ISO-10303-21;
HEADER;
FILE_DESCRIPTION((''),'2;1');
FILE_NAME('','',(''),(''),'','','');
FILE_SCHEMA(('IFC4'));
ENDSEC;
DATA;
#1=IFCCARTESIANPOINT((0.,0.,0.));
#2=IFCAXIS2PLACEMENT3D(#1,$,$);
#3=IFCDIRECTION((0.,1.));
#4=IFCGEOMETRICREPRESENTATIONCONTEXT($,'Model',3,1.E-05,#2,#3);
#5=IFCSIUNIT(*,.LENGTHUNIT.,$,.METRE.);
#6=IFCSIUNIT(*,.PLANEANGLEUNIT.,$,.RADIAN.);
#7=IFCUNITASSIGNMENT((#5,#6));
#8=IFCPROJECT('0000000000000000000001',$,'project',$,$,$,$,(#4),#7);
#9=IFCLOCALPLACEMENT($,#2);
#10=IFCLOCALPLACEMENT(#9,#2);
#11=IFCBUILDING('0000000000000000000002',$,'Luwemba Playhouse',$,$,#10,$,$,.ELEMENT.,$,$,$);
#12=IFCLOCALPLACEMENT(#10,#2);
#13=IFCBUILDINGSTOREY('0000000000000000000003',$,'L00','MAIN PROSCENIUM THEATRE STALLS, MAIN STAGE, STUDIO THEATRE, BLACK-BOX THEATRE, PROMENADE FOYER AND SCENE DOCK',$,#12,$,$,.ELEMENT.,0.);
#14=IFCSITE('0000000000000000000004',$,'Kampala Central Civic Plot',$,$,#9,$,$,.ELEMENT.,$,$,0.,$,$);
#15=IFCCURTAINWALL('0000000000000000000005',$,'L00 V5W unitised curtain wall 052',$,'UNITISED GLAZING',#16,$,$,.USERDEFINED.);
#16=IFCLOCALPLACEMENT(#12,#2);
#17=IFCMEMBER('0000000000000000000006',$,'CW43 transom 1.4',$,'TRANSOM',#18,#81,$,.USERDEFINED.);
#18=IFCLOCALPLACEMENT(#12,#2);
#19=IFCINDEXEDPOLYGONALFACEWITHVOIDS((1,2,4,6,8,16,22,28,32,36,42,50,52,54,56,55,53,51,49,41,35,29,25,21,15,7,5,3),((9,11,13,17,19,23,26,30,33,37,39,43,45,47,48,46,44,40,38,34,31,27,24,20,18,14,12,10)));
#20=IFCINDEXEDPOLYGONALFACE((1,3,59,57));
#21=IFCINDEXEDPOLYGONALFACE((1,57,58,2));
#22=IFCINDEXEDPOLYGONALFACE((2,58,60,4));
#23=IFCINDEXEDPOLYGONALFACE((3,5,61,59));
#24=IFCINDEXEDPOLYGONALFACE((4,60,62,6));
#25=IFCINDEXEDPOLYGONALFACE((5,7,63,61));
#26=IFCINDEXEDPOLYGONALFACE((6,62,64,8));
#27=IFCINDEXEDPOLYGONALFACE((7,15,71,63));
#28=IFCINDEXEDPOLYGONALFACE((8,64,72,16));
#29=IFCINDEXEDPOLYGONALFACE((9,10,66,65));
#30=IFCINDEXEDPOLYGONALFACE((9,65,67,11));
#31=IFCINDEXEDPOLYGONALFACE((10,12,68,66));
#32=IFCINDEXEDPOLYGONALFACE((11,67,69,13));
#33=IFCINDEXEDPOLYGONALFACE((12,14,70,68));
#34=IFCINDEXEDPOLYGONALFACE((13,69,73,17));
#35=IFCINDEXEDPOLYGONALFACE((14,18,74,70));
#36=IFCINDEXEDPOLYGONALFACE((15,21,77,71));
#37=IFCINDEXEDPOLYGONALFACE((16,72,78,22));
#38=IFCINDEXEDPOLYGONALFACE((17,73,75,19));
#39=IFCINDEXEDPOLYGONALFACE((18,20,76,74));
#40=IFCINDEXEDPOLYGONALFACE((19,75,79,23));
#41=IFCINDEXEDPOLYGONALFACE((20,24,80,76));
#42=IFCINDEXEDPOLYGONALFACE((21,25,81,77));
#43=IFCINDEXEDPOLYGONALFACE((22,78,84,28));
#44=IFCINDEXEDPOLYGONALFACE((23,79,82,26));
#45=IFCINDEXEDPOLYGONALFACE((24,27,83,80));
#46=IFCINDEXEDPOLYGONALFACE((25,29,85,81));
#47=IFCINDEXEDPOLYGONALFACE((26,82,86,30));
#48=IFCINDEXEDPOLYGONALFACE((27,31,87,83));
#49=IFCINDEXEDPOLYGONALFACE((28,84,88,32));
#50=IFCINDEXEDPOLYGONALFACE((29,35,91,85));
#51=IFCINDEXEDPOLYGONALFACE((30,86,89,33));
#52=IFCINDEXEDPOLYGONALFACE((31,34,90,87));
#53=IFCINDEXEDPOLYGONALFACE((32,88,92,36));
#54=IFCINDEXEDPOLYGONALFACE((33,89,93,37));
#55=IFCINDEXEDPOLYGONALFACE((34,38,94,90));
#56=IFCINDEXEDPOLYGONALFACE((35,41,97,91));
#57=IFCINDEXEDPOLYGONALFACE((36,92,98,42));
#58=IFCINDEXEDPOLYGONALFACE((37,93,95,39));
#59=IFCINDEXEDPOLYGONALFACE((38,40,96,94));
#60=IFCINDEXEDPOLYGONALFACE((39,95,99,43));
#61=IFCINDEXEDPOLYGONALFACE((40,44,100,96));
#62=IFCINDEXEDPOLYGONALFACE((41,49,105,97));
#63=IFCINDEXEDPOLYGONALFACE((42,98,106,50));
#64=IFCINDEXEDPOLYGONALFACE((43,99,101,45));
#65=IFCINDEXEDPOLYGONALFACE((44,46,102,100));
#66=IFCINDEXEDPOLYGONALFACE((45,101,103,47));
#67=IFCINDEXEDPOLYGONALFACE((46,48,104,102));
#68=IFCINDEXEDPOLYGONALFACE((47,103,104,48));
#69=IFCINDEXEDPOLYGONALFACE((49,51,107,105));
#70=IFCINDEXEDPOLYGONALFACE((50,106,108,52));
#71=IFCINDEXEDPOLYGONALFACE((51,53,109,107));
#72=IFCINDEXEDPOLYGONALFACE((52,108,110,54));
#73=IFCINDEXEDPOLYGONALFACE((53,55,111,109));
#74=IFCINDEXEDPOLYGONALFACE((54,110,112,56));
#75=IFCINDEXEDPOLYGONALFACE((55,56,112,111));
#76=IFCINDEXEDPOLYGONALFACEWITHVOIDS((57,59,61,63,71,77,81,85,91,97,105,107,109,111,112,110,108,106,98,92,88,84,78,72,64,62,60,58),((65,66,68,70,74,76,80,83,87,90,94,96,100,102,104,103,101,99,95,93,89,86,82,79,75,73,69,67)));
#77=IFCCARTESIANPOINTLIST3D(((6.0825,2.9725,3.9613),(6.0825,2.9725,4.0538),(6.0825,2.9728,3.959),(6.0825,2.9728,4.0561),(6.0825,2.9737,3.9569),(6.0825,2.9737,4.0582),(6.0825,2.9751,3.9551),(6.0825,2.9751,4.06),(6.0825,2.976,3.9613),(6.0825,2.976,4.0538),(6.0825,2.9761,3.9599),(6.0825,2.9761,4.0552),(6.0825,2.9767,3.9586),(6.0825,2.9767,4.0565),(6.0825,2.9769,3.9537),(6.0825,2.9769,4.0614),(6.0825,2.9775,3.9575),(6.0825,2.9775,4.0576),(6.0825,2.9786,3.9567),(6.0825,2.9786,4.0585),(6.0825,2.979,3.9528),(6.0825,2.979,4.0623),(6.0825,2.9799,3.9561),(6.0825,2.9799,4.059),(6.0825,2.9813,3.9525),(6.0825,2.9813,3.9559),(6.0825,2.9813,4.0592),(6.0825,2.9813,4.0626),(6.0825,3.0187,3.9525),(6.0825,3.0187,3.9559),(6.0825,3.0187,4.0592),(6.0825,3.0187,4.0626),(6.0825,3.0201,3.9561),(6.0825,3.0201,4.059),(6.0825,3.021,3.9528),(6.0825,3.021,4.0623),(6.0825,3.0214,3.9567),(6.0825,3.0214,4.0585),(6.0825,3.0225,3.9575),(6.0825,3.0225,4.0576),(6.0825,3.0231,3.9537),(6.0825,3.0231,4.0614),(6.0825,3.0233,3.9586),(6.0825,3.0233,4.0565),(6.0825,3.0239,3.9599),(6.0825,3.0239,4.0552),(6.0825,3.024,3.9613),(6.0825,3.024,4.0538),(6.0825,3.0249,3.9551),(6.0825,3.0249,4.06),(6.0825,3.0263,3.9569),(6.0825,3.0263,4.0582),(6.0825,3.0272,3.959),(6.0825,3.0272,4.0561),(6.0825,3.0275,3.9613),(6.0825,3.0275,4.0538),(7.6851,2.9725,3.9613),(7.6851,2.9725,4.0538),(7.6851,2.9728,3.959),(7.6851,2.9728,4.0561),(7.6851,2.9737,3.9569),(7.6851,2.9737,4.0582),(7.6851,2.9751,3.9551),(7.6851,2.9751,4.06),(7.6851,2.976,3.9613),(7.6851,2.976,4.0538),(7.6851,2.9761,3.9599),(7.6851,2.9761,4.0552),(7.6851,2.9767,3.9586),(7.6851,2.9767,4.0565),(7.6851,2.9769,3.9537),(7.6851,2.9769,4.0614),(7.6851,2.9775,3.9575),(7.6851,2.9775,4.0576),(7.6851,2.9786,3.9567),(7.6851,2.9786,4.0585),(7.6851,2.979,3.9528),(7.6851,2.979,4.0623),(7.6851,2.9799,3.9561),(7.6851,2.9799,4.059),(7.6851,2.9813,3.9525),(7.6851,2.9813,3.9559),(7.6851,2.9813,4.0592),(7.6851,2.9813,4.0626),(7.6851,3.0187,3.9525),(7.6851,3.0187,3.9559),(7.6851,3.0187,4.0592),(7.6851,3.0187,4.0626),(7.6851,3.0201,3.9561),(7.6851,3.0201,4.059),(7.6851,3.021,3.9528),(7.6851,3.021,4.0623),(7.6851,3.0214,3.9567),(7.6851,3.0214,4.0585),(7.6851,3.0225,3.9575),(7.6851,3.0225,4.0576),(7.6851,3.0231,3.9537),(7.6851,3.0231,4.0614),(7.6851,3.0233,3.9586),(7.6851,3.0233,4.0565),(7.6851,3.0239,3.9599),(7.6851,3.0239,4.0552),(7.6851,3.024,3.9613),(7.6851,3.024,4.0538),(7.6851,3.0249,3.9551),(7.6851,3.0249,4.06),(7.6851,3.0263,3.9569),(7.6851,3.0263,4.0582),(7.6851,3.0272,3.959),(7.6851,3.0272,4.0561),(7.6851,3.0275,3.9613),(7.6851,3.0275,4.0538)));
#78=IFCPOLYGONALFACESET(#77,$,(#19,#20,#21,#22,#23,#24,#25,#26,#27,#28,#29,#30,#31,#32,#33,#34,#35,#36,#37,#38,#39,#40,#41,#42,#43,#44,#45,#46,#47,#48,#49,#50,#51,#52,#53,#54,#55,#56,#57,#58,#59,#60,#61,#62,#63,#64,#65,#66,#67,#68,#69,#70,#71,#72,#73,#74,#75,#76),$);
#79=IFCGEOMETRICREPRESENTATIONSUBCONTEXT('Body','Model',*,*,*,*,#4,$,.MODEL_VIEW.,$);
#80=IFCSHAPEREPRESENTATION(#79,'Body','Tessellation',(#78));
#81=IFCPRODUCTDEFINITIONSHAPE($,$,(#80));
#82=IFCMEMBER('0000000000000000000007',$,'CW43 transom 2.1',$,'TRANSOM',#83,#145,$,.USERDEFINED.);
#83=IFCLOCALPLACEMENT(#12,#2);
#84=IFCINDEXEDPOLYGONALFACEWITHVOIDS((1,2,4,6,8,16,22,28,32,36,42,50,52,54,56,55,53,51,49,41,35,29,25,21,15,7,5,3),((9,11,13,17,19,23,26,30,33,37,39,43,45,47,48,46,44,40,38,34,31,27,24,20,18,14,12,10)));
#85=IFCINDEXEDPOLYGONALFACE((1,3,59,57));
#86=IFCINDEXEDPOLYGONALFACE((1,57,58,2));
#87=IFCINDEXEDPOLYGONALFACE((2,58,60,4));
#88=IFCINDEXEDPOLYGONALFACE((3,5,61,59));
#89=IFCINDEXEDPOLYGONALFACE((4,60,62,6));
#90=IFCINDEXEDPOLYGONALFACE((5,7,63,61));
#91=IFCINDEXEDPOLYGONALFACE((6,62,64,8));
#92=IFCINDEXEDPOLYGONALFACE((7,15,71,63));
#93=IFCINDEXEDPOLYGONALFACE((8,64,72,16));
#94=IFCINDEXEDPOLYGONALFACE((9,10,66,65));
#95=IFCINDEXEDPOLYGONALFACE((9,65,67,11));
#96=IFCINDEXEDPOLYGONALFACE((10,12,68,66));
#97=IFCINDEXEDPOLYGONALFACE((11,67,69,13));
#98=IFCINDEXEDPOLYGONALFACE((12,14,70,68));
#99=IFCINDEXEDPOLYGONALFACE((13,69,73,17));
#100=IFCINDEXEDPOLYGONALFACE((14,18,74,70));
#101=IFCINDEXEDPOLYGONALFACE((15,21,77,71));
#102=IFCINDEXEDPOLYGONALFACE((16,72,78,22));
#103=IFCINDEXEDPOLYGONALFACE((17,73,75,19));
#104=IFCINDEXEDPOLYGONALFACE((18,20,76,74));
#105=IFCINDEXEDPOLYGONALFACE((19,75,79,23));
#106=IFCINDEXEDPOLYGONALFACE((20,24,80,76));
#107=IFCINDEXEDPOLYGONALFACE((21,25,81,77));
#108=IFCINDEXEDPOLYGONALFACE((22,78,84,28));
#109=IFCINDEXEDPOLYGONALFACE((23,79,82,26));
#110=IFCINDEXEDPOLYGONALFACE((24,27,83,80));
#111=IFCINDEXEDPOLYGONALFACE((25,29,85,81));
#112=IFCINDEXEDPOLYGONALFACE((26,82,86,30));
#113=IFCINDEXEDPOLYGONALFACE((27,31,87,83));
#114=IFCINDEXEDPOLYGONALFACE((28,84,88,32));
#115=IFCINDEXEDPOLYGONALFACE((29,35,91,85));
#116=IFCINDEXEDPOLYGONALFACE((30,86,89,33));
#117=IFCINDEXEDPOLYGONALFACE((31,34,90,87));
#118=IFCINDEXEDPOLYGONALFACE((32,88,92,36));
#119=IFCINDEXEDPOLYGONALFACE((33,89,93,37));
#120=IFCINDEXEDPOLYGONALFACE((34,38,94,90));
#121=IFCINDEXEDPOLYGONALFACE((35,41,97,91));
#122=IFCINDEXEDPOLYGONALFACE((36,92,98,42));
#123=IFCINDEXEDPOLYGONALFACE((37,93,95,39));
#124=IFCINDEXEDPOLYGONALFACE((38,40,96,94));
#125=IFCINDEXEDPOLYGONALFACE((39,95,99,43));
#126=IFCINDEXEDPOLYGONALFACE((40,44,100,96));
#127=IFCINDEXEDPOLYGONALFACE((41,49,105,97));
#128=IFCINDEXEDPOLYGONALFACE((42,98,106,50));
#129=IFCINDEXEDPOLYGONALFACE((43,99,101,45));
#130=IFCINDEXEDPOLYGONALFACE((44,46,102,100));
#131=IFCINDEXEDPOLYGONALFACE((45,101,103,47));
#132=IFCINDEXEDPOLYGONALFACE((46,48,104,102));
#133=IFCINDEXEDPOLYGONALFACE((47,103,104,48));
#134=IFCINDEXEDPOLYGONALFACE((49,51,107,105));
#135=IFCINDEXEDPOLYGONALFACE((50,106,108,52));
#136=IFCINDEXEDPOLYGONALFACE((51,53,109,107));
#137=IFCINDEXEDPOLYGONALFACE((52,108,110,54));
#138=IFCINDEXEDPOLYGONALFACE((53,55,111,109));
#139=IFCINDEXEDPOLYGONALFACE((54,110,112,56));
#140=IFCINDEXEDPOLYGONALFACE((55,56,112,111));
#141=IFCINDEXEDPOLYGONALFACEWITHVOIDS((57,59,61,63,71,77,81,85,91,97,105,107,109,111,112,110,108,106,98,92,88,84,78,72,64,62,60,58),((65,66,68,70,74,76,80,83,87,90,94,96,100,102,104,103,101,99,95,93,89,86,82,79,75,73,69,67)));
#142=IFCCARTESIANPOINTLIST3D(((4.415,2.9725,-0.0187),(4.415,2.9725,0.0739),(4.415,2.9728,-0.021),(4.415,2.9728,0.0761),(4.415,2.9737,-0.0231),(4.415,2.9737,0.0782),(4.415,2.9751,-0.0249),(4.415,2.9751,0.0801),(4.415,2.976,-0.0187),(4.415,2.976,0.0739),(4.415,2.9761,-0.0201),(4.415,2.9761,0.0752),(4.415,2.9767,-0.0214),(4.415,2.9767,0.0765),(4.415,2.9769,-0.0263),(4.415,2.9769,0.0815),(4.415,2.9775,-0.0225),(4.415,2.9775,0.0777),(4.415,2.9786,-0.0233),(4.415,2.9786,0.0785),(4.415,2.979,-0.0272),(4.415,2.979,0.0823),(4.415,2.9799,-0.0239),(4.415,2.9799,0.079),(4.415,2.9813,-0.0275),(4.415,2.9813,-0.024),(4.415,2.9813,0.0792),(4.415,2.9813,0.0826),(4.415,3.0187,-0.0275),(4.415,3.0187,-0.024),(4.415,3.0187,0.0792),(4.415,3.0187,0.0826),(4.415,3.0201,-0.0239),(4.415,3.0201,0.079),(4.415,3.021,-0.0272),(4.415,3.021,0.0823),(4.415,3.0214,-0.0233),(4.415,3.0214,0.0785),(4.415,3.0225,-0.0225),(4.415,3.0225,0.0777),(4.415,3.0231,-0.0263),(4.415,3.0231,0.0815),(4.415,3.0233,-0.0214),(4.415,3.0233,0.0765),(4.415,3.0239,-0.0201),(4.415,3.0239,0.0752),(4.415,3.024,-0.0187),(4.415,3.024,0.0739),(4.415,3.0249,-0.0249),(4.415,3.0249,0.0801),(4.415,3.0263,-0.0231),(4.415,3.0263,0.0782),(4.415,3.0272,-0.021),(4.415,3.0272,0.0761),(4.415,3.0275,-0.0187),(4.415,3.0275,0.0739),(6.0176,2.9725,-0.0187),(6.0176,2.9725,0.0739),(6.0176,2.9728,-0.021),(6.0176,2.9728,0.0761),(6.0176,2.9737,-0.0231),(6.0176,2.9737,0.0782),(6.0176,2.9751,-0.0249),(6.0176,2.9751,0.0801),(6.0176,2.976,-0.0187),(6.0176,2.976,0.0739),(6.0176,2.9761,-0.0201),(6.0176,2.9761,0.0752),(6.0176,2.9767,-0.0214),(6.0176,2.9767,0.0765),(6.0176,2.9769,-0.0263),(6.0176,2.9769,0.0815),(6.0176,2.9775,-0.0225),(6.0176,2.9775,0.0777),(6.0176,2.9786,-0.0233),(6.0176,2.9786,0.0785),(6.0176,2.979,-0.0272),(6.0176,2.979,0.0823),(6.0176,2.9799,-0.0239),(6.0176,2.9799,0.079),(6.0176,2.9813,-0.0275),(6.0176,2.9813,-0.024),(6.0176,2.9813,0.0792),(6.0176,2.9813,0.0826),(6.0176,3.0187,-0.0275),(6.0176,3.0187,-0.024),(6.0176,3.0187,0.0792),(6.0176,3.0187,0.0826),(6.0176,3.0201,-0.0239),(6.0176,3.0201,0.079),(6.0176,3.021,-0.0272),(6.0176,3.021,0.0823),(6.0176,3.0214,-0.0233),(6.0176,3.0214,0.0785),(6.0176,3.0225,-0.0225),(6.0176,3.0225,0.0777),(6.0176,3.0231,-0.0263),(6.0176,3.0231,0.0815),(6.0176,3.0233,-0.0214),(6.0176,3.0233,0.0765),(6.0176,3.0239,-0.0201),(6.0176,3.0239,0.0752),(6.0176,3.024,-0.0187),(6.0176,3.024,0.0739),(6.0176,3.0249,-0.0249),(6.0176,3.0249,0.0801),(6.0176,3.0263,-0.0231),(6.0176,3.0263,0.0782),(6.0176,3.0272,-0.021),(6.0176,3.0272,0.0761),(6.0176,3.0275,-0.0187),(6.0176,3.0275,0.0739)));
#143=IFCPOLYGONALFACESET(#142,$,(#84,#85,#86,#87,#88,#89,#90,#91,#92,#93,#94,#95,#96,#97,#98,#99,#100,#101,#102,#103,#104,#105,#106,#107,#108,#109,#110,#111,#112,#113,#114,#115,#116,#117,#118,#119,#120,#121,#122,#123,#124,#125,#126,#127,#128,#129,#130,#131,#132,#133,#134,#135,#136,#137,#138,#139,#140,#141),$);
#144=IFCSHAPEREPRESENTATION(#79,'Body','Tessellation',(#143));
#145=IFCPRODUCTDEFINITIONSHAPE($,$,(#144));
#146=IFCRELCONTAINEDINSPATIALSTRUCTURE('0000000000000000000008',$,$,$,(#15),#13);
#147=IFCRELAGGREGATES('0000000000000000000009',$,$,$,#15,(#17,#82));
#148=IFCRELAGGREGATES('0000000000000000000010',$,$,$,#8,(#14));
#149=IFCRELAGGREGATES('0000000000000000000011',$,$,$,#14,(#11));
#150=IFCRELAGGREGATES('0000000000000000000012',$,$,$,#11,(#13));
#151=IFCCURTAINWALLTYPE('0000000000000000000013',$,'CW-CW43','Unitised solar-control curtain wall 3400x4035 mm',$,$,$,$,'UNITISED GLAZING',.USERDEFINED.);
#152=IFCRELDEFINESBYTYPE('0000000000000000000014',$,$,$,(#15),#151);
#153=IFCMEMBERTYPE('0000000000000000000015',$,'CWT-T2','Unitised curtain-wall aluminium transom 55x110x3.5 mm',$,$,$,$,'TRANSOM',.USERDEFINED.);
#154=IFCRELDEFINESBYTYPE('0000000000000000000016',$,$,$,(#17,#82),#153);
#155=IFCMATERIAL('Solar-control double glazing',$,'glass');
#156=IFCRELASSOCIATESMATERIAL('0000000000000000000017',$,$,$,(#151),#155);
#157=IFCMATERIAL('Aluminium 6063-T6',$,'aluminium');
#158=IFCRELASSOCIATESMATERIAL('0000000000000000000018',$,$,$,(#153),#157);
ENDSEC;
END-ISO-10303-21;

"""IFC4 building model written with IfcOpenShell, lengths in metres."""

from ifc_helpers import new_model, si_unit, direction, frame, origin, origin_2d, place, context, subcontext, project, spatial, hollow_rectangle, extrude, material, material_profile, profile_set, type_object, element, aggregate, save


model = new_model("IFC4")

# Units and contexts
model_context = context("Model", 3, precision=1e-05, world=origin(), true_north=direction((0.0, 1.0)))
body_context = subcontext(model_context, "Body", "Model", "MODEL_VIEW")
ifc_project = project(units=[si_unit("LENGTHUNIT", "METRE"), si_unit("PLANEANGLEUNIT", "RADIAN")], contexts=[model_context])

# Site, building, storey
site_placement = place(None, origin())
site = spatial("IfcSite", under=ifc_project, at=site_placement, Name="Kampala Central Civic Plot", CompositionType="ELEMENT", RefElevation=0.0)
building_placement = place(site_placement, origin())
building = spatial("IfcBuilding", under=site, at=building_placement, Name="Luwemba Playhouse", CompositionType="ELEMENT")
storey_placement = place(building_placement, origin())
storey = spatial("IfcBuildingStorey", under=building, at=storey_placement, Name="L00", Description="MAIN PROSCENIUM THEATRE STALLS, MAIN STAGE, STUDIO THEATRE, BLACK-BOX THEATRE, PROMENADE FOYER AND SCENE DOCK", CompositionType="ELEMENT", Elevation=0.0)

# Curtain wall
ifc_material_1 = material(Name="Solar-control double glazing", Category="glass")
ifc_material_2 = material(Name="Aluminium 6063-T6", Category="aluminium")
curtain_wall_type_1 = type_object("IfcCurtainWallType", Name="CW-CW43", Description="Unitised solar-control curtain wall 3400x4035 mm", ElementType="UNITISED GLAZING", PredefinedType="USERDEFINED", material=ifc_material_1)
curtain_wall_1_placement = place(storey_placement, origin())
curtain_wall_1 = element("IfcCurtainWall", 1, at=curtain_wall_1_placement, inside=storey, type_object=curtain_wall_type_1, Name="L00 V5W unitised curtain wall 052", ObjectType="UNITISED GLAZING", PredefinedType="USERDEFINED")

# Members
ifc_material_profile_1 = material_profile(ifc_material_2, hollow_rectangle(XDim=0.0549, YDim=0.1101, WallThickness=0.0034, InnerFilletRadius=0.0054, OuterFilletRadius=0.0088, at=origin_2d()))
ifc_profile_set_1 = profile_set([ifc_material_profile_1], Name="Aluminium 6063-T6")
member_type_1 = type_object("IfcMemberType", Name="CWT-T2", Description="Unitised curtain-wall aluminium transom 55x110x3.5 mm", ElementType="TRANSOM", PredefinedType="USERDEFINED", material=ifc_profile_set_1)
member_1_placement = place(storey_placement, frame((7.6851, 3.0, 4.0076), z_axis=(-1.0, 0.0, 0.0), x_axis=(0.0, -1.0, 0.0)))
member_1 = element("IfcMember", 2, at=member_1_placement, type_object=member_type_1, Name="CW43 transom 1.4", ObjectType="TRANSOM", PredefinedType="USERDEFINED", context=body_context, shape_type="SweptSolid", body=[
    extrude(hollow_rectangle(XDim=0.0549, YDim=0.1101, WallThickness=0.0034, InnerFilletRadius=0.0054, OuterFilletRadius=0.0088, at=origin_2d()), origin(), (0.0, 0.0, 1.0), 1.6025),
])
member_2_placement = place(storey_placement, frame((6.0176, 3.0, 0.0276), z_axis=(-1.0, 0.0, 0.0), x_axis=(0.0, -1.0, 0.0)))
member_2 = element("IfcMember", 3, at=member_2_placement, type_object=member_type_1, Name="CW43 transom 2.1", ObjectType="TRANSOM", PredefinedType="USERDEFINED", context=body_context, shape_type="SweptSolid", body=[
    extrude(hollow_rectangle(XDim=0.0549, YDim=0.1101, WallThickness=0.0034, InnerFilletRadius=0.0054, OuterFilletRadius=0.0088, at=origin_2d()), origin(), (0.0, 0.0, 1.0), 1.6025),
])

aggregate(curtain_wall_1, [member_1, member_2])

save(model, "model.ifc")
